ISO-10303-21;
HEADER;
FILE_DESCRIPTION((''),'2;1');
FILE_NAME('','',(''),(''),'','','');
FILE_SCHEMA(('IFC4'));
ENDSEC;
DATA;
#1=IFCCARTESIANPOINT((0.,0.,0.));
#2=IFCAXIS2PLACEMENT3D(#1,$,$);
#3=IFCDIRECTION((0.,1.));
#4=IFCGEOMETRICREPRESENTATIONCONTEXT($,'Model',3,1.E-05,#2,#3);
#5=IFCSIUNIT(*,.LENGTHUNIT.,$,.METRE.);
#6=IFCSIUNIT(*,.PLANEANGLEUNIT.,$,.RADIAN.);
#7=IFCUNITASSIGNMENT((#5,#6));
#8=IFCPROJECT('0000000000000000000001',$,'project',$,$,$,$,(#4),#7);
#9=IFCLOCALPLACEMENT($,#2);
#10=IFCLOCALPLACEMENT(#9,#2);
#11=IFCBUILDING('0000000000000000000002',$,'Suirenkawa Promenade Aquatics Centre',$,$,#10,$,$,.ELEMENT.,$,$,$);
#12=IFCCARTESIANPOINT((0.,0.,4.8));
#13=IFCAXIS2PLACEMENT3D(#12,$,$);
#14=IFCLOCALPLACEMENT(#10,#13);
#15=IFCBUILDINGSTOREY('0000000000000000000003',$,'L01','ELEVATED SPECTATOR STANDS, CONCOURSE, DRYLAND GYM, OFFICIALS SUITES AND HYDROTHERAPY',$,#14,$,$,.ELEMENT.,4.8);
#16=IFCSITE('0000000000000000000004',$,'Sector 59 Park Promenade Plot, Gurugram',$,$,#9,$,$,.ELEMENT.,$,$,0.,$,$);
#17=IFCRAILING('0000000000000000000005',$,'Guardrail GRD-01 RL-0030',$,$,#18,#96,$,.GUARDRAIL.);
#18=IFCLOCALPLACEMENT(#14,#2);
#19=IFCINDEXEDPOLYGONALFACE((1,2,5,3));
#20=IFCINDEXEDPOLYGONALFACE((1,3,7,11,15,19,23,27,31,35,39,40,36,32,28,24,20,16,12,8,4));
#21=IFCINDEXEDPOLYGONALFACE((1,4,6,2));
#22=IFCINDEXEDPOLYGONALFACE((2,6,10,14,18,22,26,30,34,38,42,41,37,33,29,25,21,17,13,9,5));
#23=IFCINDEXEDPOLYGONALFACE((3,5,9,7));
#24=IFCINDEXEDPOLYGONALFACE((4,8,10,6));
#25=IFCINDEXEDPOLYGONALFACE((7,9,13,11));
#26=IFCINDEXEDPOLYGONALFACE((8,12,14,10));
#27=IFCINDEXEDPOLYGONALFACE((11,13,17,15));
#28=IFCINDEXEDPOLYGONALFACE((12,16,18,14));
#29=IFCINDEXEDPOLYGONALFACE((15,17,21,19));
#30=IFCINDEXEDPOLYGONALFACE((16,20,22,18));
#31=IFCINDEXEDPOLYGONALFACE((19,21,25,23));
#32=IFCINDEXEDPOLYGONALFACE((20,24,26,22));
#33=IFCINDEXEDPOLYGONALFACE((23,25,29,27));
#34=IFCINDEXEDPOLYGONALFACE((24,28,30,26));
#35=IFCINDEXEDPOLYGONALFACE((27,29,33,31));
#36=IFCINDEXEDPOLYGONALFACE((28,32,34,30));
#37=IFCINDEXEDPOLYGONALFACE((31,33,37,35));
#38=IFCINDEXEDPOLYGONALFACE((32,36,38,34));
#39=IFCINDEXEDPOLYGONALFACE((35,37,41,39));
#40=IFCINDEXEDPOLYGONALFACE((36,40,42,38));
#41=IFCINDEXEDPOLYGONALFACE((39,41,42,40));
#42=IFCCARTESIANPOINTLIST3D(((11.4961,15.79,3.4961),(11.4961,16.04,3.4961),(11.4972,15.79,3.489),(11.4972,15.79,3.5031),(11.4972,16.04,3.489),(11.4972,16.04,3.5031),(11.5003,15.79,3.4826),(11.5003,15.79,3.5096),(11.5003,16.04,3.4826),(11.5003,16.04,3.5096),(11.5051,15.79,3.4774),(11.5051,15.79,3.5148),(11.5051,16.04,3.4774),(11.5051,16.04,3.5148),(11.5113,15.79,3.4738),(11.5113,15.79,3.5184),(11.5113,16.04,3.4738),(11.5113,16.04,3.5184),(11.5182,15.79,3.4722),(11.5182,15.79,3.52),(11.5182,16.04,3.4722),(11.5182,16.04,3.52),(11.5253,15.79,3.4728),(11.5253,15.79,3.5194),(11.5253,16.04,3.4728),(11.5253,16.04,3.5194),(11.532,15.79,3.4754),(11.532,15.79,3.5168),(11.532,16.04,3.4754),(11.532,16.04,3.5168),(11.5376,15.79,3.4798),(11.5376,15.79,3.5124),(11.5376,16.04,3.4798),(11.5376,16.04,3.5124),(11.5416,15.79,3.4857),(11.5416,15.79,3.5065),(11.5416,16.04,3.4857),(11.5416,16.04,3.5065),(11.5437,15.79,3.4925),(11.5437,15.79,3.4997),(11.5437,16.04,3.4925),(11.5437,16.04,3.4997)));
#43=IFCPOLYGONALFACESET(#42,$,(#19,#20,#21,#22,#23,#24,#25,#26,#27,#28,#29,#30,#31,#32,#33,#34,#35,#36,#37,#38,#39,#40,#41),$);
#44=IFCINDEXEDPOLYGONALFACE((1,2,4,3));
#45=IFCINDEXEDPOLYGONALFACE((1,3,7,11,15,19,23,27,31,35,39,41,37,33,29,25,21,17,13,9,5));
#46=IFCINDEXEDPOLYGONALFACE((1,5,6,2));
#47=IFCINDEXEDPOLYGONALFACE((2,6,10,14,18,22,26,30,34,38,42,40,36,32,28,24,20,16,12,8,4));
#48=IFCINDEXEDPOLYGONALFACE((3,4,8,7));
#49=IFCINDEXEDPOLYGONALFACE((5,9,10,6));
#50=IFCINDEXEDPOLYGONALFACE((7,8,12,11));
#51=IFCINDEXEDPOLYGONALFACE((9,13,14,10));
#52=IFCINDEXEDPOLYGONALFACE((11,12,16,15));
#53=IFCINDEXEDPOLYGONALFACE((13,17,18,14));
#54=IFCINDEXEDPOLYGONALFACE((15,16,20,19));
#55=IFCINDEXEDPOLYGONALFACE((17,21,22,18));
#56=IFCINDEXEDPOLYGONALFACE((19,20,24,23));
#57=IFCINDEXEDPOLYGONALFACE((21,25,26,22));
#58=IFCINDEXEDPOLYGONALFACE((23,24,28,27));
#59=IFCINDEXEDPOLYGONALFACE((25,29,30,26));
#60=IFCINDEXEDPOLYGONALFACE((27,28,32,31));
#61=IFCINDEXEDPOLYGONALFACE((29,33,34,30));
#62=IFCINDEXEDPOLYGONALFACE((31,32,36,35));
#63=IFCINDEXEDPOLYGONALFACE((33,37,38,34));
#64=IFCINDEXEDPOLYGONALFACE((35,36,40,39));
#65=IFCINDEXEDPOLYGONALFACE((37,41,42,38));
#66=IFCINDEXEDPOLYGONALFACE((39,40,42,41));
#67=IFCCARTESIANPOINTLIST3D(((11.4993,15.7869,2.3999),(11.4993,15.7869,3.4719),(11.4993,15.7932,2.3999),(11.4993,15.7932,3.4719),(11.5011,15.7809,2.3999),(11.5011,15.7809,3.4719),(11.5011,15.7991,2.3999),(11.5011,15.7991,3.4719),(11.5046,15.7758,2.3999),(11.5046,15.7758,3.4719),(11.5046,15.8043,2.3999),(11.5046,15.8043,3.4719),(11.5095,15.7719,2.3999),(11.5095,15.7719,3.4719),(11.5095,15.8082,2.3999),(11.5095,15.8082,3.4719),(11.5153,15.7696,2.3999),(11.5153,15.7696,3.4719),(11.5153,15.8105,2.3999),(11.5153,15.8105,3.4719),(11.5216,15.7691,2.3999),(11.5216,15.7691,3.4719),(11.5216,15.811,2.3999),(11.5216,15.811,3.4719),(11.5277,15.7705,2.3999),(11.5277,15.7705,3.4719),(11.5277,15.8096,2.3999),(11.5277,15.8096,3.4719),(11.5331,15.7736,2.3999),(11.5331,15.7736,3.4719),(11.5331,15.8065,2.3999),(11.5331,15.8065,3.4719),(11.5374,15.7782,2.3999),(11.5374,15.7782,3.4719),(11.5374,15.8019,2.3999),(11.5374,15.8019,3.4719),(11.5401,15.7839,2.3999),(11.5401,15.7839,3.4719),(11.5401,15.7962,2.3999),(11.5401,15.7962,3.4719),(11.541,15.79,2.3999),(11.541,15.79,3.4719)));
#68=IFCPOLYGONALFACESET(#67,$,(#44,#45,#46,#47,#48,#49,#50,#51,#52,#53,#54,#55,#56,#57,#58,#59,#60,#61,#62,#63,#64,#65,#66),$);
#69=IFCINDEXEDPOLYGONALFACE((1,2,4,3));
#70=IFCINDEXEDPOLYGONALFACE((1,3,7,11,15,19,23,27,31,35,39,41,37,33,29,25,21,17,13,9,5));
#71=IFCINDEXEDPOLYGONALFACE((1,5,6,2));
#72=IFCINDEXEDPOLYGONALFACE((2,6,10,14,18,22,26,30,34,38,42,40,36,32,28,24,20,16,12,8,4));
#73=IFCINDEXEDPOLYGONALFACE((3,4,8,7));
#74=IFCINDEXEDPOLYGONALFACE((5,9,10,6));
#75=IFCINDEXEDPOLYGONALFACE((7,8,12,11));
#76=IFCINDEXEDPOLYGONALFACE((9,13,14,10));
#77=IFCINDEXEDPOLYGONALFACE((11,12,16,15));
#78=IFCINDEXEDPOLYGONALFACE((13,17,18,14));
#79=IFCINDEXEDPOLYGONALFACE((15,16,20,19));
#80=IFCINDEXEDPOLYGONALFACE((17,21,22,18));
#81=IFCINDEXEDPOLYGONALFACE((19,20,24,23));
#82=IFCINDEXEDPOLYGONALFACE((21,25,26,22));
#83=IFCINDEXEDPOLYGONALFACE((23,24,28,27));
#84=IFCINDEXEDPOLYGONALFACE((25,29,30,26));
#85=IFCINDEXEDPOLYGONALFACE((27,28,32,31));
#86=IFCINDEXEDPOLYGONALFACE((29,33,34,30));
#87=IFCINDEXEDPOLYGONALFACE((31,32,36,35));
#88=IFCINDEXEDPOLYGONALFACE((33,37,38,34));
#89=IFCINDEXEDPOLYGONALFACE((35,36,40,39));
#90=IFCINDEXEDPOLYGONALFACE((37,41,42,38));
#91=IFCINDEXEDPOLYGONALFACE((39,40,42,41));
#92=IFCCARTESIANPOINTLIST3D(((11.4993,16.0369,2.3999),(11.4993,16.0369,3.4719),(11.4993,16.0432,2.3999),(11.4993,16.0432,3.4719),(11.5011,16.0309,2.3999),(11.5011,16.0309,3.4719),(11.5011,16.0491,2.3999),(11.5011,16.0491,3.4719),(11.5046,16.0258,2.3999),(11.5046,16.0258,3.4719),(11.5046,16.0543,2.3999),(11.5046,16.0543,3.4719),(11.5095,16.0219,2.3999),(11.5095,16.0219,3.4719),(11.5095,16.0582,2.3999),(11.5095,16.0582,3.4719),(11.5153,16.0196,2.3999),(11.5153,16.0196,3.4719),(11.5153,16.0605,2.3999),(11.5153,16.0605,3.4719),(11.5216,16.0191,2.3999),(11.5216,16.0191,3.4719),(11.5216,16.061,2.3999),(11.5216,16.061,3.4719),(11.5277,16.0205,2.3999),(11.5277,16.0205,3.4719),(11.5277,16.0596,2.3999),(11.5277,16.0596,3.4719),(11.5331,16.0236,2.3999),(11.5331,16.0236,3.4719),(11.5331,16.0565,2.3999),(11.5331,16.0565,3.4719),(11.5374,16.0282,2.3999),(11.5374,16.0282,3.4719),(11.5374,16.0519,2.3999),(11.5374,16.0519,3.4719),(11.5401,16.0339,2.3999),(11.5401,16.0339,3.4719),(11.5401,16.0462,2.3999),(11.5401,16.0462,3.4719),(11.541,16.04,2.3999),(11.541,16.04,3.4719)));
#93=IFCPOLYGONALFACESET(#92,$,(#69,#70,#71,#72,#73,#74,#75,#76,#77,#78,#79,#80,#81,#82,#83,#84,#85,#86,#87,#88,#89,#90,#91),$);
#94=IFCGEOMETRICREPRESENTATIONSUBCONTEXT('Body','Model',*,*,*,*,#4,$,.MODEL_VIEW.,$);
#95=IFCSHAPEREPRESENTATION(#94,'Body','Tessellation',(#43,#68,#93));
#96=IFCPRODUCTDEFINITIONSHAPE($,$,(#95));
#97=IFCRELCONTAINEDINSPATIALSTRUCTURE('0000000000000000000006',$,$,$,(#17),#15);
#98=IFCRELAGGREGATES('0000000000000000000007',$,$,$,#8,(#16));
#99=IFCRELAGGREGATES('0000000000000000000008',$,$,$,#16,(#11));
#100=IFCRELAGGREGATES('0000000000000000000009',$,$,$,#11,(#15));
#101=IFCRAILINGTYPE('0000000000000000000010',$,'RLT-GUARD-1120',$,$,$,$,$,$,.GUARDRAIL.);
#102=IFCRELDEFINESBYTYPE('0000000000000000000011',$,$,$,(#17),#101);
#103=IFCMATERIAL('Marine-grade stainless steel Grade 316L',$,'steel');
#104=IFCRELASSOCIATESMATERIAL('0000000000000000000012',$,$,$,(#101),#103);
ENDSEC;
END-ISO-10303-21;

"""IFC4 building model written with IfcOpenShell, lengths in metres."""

from ifc_helpers import new_model, si_unit, direction, frame, origin, origin_2d, place, context, subcontext, project, spatial, circle, extrude, material, type_object, element, save


model = new_model("IFC4")

# Units and contexts
model_context = context("Model", 3, precision=1e-05, world=origin(), true_north=direction((0.0, 1.0)))
body_context = subcontext(model_context, "Body", "Model", "MODEL_VIEW")
ifc_project = project(units=[si_unit("LENGTHUNIT", "METRE"), si_unit("PLANEANGLEUNIT", "RADIAN")], contexts=[model_context])

# Site, building, storey
site_placement = place(None, origin())
site = spatial("IfcSite", under=ifc_project, at=site_placement, Name="Sector 59 Park Promenade Plot, Gurugram", CompositionType="ELEMENT", RefElevation=0.0)
building_placement = place(site_placement, origin())
building = spatial("IfcBuilding", under=site, at=building_placement, Name="Suirenkawa Promenade Aquatics Centre", CompositionType="ELEMENT")
storey_placement = place(building_placement, frame((0.0, 0.0, 4.8)))
storey = spatial("IfcBuildingStorey", under=building, at=storey_placement, Name="L01", Description="ELEVATED SPECTATOR STANDS, CONCOURSE, DRYLAND GYM, OFFICIALS SUITES AND HYDROTHERAPY", CompositionType="ELEMENT", Elevation=4.8)

# Railing
ifc_material_1 = material(Name="Marine-grade stainless steel Grade 316L", Category="steel")
railing_type_1 = type_object("IfcRailingType", Name="RLT-GUARD-1120", PredefinedType="GUARDRAIL", material=ifc_material_1)
railing_1_placement = place(storey_placement, frame((11.52, 15.79, 2.3999)))
element("IfcRailing", 1, at=railing_1_placement, inside=storey, type_object=railing_type_1, Name="Guardrail GRD-01 RL-0030", PredefinedType="GUARDRAIL", context=body_context, shape_type="SweptSolid", body=[
    extrude(circle(Radius=0.0239, at=origin_2d()), frame((0.0, 0.0, 1.0962), z_axis=(0.0, 1.0, 0.0), x_axis=(-1.0, 0.0, 0.0)), (0.0, 0.0, 1.0), 0.25),
    extrude(circle(Radius=0.021, at=origin_2d()), origin(), (0.0, 0.0, 1.0), 1.072),
    extrude(circle(Radius=0.021, at=origin_2d()), frame((0.0, 0.25, 0.0)), (0.0, 0.0, 1.0), 1.072),
])

save(model, "model.ifc")
